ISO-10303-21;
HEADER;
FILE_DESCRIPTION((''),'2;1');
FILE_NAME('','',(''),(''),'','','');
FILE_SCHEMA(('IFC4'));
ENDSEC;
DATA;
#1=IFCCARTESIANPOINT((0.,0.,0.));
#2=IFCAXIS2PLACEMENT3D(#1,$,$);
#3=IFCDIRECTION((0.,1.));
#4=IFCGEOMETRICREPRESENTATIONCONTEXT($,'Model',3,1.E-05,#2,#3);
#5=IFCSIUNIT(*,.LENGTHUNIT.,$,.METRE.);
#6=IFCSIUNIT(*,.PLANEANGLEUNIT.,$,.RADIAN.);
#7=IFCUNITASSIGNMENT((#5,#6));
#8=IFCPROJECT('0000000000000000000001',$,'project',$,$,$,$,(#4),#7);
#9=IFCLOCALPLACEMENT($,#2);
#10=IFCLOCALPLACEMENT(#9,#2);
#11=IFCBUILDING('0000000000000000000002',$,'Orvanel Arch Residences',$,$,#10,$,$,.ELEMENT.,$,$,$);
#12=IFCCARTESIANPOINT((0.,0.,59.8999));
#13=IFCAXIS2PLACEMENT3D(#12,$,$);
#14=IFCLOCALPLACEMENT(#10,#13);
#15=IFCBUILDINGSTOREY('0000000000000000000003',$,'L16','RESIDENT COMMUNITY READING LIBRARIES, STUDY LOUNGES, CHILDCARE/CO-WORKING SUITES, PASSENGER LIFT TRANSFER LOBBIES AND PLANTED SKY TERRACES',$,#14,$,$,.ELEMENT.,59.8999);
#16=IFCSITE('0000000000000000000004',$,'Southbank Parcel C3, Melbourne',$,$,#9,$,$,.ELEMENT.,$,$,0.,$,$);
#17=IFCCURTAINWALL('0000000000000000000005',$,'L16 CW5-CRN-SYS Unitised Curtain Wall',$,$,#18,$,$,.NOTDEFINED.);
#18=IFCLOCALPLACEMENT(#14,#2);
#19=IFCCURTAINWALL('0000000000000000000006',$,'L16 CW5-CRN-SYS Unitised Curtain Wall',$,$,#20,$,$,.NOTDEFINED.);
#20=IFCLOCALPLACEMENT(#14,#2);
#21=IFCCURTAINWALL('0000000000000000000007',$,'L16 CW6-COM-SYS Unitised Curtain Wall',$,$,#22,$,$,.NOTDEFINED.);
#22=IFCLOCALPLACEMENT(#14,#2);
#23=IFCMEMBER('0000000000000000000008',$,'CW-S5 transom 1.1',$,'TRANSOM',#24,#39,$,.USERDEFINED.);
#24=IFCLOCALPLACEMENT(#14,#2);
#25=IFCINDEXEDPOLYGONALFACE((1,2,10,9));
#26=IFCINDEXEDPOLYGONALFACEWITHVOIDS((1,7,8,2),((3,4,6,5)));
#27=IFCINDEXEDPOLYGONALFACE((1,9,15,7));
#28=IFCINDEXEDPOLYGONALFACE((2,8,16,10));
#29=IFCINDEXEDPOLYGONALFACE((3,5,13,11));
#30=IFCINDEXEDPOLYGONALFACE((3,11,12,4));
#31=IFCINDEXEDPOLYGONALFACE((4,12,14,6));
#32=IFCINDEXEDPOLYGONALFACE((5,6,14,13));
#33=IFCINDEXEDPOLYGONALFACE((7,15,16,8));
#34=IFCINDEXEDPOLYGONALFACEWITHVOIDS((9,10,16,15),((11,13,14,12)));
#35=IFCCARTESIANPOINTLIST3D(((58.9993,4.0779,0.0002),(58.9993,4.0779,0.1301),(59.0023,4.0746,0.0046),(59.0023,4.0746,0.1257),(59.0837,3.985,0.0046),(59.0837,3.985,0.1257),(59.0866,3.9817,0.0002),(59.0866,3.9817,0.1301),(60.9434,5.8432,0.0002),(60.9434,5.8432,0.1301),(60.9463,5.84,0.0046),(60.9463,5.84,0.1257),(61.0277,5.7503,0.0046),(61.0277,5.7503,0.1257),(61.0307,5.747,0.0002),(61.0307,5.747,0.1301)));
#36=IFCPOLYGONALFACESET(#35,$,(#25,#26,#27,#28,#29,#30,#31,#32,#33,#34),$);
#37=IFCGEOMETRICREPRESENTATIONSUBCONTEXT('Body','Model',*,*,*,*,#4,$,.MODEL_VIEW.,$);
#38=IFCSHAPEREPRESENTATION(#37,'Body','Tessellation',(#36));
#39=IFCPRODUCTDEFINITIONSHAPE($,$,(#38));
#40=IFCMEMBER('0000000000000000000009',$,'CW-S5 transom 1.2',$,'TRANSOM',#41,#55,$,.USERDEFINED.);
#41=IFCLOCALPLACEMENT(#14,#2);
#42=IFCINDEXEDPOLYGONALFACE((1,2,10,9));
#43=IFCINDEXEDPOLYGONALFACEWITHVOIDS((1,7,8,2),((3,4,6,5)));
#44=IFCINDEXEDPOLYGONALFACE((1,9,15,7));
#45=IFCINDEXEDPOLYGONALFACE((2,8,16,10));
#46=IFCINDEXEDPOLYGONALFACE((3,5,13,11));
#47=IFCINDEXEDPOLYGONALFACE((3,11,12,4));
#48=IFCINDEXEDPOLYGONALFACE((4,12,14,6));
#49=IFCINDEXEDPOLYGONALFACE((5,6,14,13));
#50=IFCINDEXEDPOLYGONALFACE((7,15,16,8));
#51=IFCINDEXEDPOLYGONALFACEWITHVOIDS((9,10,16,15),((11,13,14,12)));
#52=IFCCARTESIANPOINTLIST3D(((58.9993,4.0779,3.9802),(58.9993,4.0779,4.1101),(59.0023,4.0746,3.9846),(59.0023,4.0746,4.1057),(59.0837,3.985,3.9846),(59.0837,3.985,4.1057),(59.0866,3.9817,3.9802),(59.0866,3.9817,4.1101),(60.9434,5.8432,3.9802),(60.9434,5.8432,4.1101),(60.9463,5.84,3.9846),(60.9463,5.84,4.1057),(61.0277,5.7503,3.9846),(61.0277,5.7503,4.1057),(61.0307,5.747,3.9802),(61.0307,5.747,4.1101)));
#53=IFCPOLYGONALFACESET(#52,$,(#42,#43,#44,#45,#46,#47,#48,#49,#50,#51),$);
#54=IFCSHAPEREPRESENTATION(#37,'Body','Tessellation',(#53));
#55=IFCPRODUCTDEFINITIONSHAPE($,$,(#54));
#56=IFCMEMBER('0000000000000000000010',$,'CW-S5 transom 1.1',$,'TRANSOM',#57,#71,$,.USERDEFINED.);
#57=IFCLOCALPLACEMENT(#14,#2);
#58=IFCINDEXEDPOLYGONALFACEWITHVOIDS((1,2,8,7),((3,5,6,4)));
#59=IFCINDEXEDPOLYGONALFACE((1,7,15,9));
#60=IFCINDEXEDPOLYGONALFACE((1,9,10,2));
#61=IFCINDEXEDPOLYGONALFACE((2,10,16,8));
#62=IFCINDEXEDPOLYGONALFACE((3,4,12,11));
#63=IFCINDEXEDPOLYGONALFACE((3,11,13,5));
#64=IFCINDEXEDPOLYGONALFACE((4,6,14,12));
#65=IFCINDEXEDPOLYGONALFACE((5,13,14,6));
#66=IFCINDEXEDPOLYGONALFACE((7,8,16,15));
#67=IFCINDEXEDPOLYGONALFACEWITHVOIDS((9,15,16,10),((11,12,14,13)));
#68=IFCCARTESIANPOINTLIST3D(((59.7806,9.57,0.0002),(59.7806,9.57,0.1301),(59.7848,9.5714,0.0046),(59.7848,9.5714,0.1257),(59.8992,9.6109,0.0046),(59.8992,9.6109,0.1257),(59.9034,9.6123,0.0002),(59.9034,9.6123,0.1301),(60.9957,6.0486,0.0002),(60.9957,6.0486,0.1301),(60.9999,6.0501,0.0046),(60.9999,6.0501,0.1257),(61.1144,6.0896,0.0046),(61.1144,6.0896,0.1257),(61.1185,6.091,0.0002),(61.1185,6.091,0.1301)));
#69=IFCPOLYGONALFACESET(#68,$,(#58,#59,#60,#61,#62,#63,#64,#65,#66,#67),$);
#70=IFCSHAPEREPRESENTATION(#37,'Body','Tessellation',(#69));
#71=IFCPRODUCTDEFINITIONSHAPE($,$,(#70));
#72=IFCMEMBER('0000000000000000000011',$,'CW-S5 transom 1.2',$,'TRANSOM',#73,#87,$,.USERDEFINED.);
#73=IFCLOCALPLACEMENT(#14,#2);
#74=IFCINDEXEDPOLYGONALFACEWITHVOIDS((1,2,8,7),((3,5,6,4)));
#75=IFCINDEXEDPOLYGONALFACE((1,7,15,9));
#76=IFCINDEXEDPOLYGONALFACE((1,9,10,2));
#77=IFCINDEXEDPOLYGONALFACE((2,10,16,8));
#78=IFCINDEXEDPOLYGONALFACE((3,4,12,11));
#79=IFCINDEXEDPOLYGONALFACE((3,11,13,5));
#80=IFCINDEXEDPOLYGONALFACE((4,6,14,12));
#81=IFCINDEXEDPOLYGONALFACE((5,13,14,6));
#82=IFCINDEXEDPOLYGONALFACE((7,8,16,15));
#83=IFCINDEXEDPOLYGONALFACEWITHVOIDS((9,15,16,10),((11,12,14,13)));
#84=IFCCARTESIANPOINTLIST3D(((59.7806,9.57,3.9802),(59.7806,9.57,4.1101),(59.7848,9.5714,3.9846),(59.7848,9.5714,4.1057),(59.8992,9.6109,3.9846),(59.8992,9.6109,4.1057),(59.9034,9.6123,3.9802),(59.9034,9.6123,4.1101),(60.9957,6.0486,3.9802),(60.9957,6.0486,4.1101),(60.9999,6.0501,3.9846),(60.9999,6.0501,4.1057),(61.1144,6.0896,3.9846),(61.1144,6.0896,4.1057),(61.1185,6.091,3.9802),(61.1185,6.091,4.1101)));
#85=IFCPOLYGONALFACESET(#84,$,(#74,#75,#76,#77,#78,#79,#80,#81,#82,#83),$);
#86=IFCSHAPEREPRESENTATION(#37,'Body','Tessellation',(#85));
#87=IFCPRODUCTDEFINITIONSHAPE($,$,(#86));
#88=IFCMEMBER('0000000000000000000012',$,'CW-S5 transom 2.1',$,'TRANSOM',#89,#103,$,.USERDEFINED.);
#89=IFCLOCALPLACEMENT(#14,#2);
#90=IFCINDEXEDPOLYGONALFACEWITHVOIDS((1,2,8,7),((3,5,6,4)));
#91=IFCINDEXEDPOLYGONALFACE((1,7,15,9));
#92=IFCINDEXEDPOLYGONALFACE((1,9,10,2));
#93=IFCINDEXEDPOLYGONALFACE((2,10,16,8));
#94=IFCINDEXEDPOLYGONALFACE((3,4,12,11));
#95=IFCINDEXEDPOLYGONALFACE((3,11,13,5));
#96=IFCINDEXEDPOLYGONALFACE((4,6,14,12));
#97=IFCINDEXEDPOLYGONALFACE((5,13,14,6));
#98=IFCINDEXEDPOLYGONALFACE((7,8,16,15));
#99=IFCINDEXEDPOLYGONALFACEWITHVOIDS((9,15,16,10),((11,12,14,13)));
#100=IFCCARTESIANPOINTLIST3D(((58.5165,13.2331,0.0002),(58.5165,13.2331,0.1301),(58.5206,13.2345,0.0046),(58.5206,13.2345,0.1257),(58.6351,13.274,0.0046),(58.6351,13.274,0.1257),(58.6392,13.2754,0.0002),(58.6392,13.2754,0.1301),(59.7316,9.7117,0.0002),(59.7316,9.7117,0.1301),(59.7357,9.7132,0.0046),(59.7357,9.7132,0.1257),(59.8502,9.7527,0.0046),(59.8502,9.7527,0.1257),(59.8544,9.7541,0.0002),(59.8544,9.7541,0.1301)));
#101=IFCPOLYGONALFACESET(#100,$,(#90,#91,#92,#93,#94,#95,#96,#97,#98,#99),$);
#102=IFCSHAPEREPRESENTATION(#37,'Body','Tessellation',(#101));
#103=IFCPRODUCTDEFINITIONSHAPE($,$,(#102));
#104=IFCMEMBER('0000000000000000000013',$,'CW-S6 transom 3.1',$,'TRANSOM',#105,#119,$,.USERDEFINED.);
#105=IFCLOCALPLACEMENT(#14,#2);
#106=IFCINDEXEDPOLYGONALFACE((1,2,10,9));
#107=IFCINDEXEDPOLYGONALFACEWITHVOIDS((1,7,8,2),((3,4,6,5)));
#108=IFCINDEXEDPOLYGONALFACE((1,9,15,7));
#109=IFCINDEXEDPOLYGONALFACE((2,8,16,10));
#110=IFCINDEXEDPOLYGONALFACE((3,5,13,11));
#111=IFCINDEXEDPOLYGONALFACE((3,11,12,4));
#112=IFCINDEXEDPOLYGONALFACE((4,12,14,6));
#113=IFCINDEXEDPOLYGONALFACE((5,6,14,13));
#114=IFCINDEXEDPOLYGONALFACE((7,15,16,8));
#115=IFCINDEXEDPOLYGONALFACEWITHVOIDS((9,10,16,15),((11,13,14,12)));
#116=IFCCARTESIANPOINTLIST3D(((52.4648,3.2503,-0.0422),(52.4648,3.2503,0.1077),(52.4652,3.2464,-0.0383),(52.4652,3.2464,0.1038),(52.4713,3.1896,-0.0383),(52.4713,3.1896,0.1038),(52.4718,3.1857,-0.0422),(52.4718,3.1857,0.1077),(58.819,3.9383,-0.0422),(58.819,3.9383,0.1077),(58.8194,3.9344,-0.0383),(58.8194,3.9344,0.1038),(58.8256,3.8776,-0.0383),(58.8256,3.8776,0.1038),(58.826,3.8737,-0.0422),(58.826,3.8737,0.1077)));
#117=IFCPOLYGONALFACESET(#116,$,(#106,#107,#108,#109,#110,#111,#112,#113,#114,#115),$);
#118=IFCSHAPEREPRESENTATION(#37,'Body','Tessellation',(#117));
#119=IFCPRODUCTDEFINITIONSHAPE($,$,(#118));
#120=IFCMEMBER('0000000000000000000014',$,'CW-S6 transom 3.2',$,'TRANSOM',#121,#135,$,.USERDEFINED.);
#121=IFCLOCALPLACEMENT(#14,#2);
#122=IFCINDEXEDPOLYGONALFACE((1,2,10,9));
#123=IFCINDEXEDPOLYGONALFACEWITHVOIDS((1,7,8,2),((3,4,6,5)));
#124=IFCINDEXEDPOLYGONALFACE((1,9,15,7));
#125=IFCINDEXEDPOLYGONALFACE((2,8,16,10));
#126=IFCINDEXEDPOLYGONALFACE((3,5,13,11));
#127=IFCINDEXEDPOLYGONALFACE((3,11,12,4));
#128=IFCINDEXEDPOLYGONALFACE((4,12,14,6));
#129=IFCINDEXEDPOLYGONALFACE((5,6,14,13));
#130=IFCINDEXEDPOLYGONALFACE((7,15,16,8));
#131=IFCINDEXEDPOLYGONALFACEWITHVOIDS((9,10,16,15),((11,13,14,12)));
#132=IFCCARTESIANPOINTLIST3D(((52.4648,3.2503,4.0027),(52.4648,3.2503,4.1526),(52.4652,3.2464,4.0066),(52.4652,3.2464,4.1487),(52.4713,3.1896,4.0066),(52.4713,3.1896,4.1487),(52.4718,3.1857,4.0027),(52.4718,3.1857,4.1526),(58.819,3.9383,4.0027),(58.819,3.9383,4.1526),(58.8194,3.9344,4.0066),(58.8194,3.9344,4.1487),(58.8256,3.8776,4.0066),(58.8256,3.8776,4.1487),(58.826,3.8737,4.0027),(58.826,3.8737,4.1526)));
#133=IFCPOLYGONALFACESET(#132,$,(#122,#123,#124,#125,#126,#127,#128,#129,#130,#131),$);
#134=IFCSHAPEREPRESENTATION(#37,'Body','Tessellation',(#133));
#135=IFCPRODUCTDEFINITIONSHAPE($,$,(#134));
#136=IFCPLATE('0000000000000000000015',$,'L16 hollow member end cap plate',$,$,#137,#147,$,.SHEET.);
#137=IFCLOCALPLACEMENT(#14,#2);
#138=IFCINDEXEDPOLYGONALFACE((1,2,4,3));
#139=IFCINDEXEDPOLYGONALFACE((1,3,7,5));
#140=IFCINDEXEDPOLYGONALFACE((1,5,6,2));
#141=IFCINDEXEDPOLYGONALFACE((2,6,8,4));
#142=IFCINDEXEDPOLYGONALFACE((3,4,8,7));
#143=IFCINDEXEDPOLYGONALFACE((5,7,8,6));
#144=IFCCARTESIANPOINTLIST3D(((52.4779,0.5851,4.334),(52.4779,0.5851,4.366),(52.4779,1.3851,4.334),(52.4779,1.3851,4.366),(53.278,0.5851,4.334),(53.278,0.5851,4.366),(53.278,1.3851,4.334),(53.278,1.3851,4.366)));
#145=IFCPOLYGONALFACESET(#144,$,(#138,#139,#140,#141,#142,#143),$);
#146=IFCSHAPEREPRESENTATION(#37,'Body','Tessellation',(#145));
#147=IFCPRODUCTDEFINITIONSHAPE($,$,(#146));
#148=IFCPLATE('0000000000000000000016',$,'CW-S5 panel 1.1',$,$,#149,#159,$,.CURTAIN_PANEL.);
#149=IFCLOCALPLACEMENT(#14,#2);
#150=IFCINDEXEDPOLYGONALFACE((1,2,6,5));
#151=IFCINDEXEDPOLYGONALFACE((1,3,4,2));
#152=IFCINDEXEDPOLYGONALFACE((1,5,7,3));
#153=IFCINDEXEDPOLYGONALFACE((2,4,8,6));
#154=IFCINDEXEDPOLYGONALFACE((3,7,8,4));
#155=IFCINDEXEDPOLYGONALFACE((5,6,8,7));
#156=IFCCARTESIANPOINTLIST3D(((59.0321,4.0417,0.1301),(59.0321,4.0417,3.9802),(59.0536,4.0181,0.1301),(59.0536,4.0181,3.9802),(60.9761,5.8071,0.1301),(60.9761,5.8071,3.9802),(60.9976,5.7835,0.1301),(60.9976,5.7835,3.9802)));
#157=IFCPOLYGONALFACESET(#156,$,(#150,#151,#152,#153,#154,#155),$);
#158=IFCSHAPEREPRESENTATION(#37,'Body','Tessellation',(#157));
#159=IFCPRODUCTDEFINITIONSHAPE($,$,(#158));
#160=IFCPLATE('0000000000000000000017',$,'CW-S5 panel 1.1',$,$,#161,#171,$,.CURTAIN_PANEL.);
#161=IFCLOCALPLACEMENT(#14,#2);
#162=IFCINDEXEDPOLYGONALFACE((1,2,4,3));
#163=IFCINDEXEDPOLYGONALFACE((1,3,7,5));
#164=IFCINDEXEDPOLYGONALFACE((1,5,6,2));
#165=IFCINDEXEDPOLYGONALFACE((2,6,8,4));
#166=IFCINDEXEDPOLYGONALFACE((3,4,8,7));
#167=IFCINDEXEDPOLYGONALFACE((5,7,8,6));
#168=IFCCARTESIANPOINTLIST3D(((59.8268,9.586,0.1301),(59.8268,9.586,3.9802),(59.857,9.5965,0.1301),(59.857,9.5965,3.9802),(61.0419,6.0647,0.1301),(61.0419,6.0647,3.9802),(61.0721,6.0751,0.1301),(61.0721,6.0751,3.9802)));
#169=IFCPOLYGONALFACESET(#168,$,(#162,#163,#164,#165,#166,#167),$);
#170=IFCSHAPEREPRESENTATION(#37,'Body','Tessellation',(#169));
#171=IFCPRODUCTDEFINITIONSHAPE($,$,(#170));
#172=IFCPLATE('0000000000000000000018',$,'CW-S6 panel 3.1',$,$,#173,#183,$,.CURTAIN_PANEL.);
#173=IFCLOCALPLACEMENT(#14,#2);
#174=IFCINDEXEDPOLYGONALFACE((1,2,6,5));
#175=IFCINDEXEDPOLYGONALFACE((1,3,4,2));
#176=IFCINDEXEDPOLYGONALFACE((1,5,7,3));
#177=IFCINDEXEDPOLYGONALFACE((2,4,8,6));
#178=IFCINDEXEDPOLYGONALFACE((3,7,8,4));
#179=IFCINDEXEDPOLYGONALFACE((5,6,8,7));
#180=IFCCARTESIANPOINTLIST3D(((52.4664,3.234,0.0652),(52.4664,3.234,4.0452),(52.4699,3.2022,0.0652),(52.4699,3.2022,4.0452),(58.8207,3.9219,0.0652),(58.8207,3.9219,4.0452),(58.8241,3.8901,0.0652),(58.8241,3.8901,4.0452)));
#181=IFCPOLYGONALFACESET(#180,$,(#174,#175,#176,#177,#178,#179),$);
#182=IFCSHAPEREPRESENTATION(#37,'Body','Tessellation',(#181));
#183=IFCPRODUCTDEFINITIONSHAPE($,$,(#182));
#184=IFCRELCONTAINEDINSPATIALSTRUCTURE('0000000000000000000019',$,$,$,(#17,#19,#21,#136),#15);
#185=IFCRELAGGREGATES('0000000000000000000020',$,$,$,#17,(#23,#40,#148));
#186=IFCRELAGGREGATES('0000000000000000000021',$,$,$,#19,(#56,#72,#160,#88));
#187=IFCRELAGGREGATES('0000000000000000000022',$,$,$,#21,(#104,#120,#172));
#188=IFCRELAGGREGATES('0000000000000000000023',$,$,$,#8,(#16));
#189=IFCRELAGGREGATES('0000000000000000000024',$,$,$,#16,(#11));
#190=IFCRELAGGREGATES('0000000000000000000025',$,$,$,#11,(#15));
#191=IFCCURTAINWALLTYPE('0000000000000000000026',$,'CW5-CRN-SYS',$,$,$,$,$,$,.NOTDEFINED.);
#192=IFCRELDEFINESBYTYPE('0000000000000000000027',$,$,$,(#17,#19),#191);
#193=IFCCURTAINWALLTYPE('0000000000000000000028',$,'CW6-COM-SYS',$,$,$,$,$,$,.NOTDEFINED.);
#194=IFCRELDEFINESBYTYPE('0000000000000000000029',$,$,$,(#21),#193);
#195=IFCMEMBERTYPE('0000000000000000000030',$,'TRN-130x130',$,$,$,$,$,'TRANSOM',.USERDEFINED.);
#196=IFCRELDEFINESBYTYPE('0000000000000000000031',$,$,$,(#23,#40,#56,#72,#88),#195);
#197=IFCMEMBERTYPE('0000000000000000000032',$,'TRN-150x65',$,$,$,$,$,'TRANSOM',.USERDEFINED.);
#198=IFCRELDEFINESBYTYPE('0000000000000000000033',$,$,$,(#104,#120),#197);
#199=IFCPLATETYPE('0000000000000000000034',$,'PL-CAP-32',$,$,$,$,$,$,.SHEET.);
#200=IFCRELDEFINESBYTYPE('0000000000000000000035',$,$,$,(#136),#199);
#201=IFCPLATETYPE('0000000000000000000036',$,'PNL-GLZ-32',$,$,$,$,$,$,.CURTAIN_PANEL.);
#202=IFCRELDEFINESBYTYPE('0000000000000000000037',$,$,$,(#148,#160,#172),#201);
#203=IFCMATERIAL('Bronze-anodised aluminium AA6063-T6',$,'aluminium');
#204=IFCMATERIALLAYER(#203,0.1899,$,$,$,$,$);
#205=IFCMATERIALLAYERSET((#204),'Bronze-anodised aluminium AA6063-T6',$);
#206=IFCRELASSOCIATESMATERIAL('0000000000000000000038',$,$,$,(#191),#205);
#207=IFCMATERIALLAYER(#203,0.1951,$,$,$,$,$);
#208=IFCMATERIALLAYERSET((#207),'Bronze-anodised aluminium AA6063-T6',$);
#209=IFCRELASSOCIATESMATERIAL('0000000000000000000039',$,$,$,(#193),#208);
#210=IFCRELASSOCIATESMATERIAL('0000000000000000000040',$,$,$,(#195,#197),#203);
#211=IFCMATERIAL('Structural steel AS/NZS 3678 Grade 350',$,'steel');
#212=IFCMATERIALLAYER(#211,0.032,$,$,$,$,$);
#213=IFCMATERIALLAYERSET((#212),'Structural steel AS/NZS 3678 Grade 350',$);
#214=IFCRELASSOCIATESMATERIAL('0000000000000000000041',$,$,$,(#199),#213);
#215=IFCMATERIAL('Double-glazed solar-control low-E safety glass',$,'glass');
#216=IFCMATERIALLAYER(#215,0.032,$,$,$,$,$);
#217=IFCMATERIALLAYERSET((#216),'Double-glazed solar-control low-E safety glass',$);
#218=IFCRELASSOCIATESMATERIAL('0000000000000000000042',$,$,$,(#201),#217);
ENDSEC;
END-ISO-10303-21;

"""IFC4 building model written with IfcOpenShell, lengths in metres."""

from ifc_helpers import new_model, si_unit, direction, frame, origin, origin_2d, place, context, subcontext, project, spatial, rectangle, hollow_rectangle, extrude, material, layer, layer_set, material_profile, profile_set, type_object, element, aggregate, save


model = new_model("IFC4")

# Units and contexts
model_context = context("Model", 3, precision=1e-05, world=origin(), true_north=direction((0.0, 1.0)))
body_context = subcontext(model_context, "Body", "Model", "MODEL_VIEW")
ifc_project = project(units=[si_unit("LENGTHUNIT", "METRE"), si_unit("PLANEANGLEUNIT", "RADIAN")], contexts=[model_context])

# Site, building, storey
site_placement = place(None, origin())
site = spatial("IfcSite", under=ifc_project, at=site_placement, Name="Southbank Parcel C3, Melbourne", CompositionType="ELEMENT", RefElevation=0.0)
building_placement = place(site_placement, origin())
building = spatial("IfcBuilding", under=site, at=building_placement, Name="Orvanel Arch Residences", CompositionType="ELEMENT")
storey_placement = place(building_placement, frame((0.0, 0.0, 59.8999)))
storey = spatial("IfcBuildingStorey", under=building, at=storey_placement, Name="L16", Description="RESIDENT COMMUNITY READING LIBRARIES, STUDY LOUNGES, CHILDCARE/CO-WORKING SUITES, PASSENGER LIFT TRANSFER LOBBIES AND PLANTED SKY TERRACES", CompositionType="ELEMENT", Elevation=59.8999)

# Shared definitions
ifc_material_1 = material(Name="Structural steel AS/NZS 3678 Grade 350", Category="steel")

# Curtain walls
ifc_material_2 = material(Name="Bronze-anodised aluminium AA6063-T6", Category="aluminium")
ifc_layer_1 = layer(ifc_material_2, 0.1899)
ifc_layer_set_1 = layer_set([ifc_layer_1], Name="Bronze-anodised aluminium AA6063-T6")
curtain_wall_type_1 = type_object("IfcCurtainWallType", Name="CW5-CRN-SYS", PredefinedType="NOTDEFINED", material=ifc_layer_set_1)
curtain_wall_1_placement = place(storey_placement, origin())
curtain_wall_1 = element("IfcCurtainWall", 1, at=curtain_wall_1_placement, inside=storey, type_object=curtain_wall_type_1, Name="L16 CW5-CRN-SYS Unitised Curtain Wall", PredefinedType="NOTDEFINED")
curtain_wall_2_placement = place(storey_placement, origin())
curtain_wall_2 = element("IfcCurtainWall", 2, at=curtain_wall_2_placement, inside=storey, type_object=curtain_wall_type_1, Name="L16 CW5-CRN-SYS Unitised Curtain Wall", PredefinedType="NOTDEFINED")
ifc_layer_2 = layer(ifc_material_2, 0.1951)
ifc_layer_set_2 = layer_set([ifc_layer_2], Name="Bronze-anodised aluminium AA6063-T6")
curtain_wall_type_2 = type_object("IfcCurtainWallType", Name="CW6-COM-SYS", PredefinedType="NOTDEFINED", material=ifc_layer_set_2)
curtain_wall_3_placement = place(storey_placement, origin())
curtain_wall_3 = element("IfcCurtainWall", 3, at=curtain_wall_3_placement, inside=storey, type_object=curtain_wall_type_2, Name="L16 CW6-COM-SYS Unitised Curtain Wall", PredefinedType="NOTDEFINED")

# Members
ifc_material_profile_1 = material_profile(ifc_material_2, hollow_rectangle(XDim=0.1299, YDim=0.1299, WallThickness=0.0044, at=origin_2d()), Name="ALU130x130x4.5")
ifc_profile_set_1 = profile_set([ifc_material_profile_1], Name="Bronze-anodised aluminium AA6063-T6")
member_type_1 = type_object("IfcMemberType", Name="TRN-130x130", ElementType="TRANSOM", PredefinedType="USERDEFINED", material=ifc_profile_set_1)
member_1_placement = place(storey_placement, frame((59.043, 4.0298, 0.0652), z_axis=(0.740314, 0.672261, 0.0), x_axis=(-0.672261, 0.740314, 0.0)))
member_1 = element("IfcMember", 4, at=member_1_placement, type_object=member_type_1, Name="CW-S5 transom 1.1", ObjectType="TRANSOM", PredefinedType="USERDEFINED", context=body_context, shape_type="SweptSolid", body=[
    extrude(hollow_rectangle(XDim=0.1299, YDim=0.1299, WallThickness=0.0044, at=origin_2d()), origin(), (0.0, 0.0, 1.0), 2.626),
])
member_2_placement = place(storey_placement, frame((59.043, 4.0298, 4.0452), z_axis=(0.740314, 0.672261, 0.0), x_axis=(-0.672261, 0.740314, 0.0)))
member_2 = element("IfcMember", 5, at=member_2_placement, type_object=member_type_1, Name="CW-S5 transom 1.2", ObjectType="TRANSOM", PredefinedType="USERDEFINED", context=body_context, shape_type="SweptSolid", body=[
    extrude(hollow_rectangle(XDim=0.1299, YDim=0.1299, WallThickness=0.0044, at=origin_2d()), origin(), (0.0, 0.0, 1.0), 2.626),
])
member_3_placement = place(storey_placement, frame((61.0571, 6.0698, 0.0652), z_axis=(-0.326199, 0.945301, 0.0), x_axis=(-0.945301, -0.326199, 0.0)))
member_3 = element("IfcMember", 6, at=member_3_placement, type_object=member_type_1, Name="CW-S5 transom 1.1", ObjectType="TRANSOM", PredefinedType="USERDEFINED", context=body_context, shape_type="SweptSolid", body=[
    extrude(hollow_rectangle(XDim=0.1299, YDim=0.1299, WallThickness=0.0044, at=origin_2d()), origin(), (0.0, 0.0, 1.0), 3.7251),
])
member_4_placement = place(storey_placement, frame((61.0571, 6.0698, 4.0452), z_axis=(-0.326199, 0.945301, 0.0), x_axis=(-0.945301, -0.326199, 0.0)))
member_4 = element("IfcMember", 7, at=member_4_placement, type_object=member_type_1, Name="CW-S5 transom 1.2", ObjectType="TRANSOM", PredefinedType="USERDEFINED", context=body_context, shape_type="SweptSolid", body=[
    extrude(hollow_rectangle(XDim=0.1299, YDim=0.1299, WallThickness=0.0044, at=origin_2d()), origin(), (0.0, 0.0, 1.0), 3.7251),
])
member_5_placement = place(storey_placement, frame((59.793, 9.7329, 0.0652), z_axis=(-0.326199, 0.945301, 0.0), x_axis=(-0.945301, -0.326199, 0.0)))
member_5 = element("IfcMember", 8, at=member_5_placement, type_object=member_type_1, Name="CW-S5 transom 2.1", ObjectType="TRANSOM", PredefinedType="USERDEFINED", context=body_context, shape_type="SweptSolid", body=[
    extrude(hollow_rectangle(XDim=0.1299, YDim=0.1299, WallThickness=0.0044, at=origin_2d()), origin(), (0.0, 0.0, 1.0), 3.7251),
])
ifc_material_profile_2 = material_profile(ifc_material_2, hollow_rectangle(XDim=0.0649, YDim=0.1499, WallThickness=0.0039, at=origin_2d()), Name="ALU150x65x4")
ifc_profile_set_2 = profile_set([ifc_material_profile_2], Name="Bronze-anodised aluminium AA6063-T6")
member_type_2 = type_object("IfcMemberType", Name="TRN-150x65", ElementType="TRANSOM", PredefinedType="USERDEFINED", material=ifc_profile_set_2)
member_6_placement = place(storey_placement, frame((52.4683, 3.218, 0.0327), z_axis=(0.99419, 0.107643, 0.0), x_axis=(-0.107643, 0.99419, 0.0)))
member_6 = element("IfcMember", 9, at=member_6_placement, type_object=member_type_2, Name="CW-S6 transom 3.1", ObjectType="TRANSOM", PredefinedType="USERDEFINED", context=body_context, shape_type="SweptSolid", body=[
    extrude(hollow_rectangle(XDim=0.0649, YDim=0.1499, WallThickness=0.0039, at=origin_2d()), origin(), (0.0, 0.0, 1.0), 6.3914),
])
member_7_placement = place(storey_placement, frame((52.4683, 3.218, 4.0776), z_axis=(0.99419, 0.107643, 0.0), x_axis=(-0.107643, 0.99419, 0.0)))
member_7 = element("IfcMember", 10, at=member_7_placement, type_object=member_type_2, Name="CW-S6 transom 3.2", ObjectType="TRANSOM", PredefinedType="USERDEFINED", context=body_context, shape_type="SweptSolid", body=[
    extrude(hollow_rectangle(XDim=0.0649, YDim=0.1499, WallThickness=0.0039, at=origin_2d()), origin(), (0.0, 0.0, 1.0), 6.3914),
])

# Plates
ifc_layer_3 = layer(ifc_material_1, 0.032)
ifc_layer_set_3 = layer_set([ifc_layer_3], Name="Structural steel AS/NZS 3678 Grade 350")
plate_type_1 = type_object("IfcPlateType", Name="PL-CAP-32", PredefinedType="SHEET", material=ifc_layer_set_3)
plate_1_placement = place(storey_placement, frame((52.8779, 0.9851, 4.334), z_axis=(0.0, 0.0, 1.0), x_axis=(1.0, 0.0, 0.0)))
element("IfcPlate", 11, at=plate_1_placement, inside=storey, type_object=plate_type_1, Name="L16 hollow member end cap plate", PredefinedType="SHEET", context=body_context, shape_type="SweptSolid", body=[
    extrude(rectangle(XDim=0.8, YDim=0.8, at=origin_2d()), origin(), (0.0, 0.0, 1.0), 0.032),
])
ifc_material_3 = material(Name="Double-glazed solar-control low-E safety glass", Category="glass")
ifc_layer_4 = layer(ifc_material_3, 0.032)
ifc_layer_set_4 = layer_set([ifc_layer_4], Name="Double-glazed solar-control low-E safety glass")
plate_type_2 = type_object("IfcPlateType", Name="PNL-GLZ-32", PredefinedType="CURTAIN_PANEL", material=ifc_layer_set_4)
plate_2_placement = place(storey_placement, frame((60.0149, 4.9126, 0.1301), z_axis=(0.0, 0.0, 1.0), x_axis=(0.740296, 0.672281, 0.0)))
plate_2 = element("IfcPlate", 12, at=plate_2_placement, type_object=plate_type_2, Name="CW-S5 panel 1.1", PredefinedType="CURTAIN_PANEL", context=body_context, shape_type="SweptSolid", body=[
    extrude(rectangle(XDim=2.626, YDim=0.032, at=origin_2d()), origin(), (0.0, 0.0, 1.0), 3.8501),
])
aggregate(curtain_wall_1, [member_1, member_2, plate_2])
plate_3_placement = place(storey_placement, frame((60.4495, 7.8306, 0.1301), z_axis=(0.0, 0.0, 1.0), x_axis=(-0.326197, 0.945302, 0.0)))
plate_3 = element("IfcPlate", 13, at=plate_3_placement, type_object=plate_type_2, Name="CW-S5 panel 1.1", PredefinedType="CURTAIN_PANEL", context=body_context, shape_type="SweptSolid", body=[
    extrude(rectangle(XDim=3.7251, YDim=0.032, at=origin_2d()), origin(), (0.0, 0.0, 1.0), 3.8501),
])
aggregate(curtain_wall_2, [member_3, member_4, plate_3, member_5])
plate_4_placement = place(storey_placement, frame((55.6453, 3.562, 0.0652), z_axis=(0.0, 0.0, 1.0), x_axis=(0.994191, 0.10763, 0.0)))
plate_4 = element("IfcPlate", 14, at=plate_4_placement, type_object=plate_type_2, Name="CW-S6 panel 3.1", PredefinedType="CURTAIN_PANEL", context=body_context, shape_type="SweptSolid", body=[
    extrude(rectangle(XDim=6.3914, YDim=0.032, at=origin_2d()), origin(), (0.0, 0.0, 1.0), 3.98),
])
aggregate(curtain_wall_3, [member_6, member_7, plate_4])

save(model, "model.ifc")
